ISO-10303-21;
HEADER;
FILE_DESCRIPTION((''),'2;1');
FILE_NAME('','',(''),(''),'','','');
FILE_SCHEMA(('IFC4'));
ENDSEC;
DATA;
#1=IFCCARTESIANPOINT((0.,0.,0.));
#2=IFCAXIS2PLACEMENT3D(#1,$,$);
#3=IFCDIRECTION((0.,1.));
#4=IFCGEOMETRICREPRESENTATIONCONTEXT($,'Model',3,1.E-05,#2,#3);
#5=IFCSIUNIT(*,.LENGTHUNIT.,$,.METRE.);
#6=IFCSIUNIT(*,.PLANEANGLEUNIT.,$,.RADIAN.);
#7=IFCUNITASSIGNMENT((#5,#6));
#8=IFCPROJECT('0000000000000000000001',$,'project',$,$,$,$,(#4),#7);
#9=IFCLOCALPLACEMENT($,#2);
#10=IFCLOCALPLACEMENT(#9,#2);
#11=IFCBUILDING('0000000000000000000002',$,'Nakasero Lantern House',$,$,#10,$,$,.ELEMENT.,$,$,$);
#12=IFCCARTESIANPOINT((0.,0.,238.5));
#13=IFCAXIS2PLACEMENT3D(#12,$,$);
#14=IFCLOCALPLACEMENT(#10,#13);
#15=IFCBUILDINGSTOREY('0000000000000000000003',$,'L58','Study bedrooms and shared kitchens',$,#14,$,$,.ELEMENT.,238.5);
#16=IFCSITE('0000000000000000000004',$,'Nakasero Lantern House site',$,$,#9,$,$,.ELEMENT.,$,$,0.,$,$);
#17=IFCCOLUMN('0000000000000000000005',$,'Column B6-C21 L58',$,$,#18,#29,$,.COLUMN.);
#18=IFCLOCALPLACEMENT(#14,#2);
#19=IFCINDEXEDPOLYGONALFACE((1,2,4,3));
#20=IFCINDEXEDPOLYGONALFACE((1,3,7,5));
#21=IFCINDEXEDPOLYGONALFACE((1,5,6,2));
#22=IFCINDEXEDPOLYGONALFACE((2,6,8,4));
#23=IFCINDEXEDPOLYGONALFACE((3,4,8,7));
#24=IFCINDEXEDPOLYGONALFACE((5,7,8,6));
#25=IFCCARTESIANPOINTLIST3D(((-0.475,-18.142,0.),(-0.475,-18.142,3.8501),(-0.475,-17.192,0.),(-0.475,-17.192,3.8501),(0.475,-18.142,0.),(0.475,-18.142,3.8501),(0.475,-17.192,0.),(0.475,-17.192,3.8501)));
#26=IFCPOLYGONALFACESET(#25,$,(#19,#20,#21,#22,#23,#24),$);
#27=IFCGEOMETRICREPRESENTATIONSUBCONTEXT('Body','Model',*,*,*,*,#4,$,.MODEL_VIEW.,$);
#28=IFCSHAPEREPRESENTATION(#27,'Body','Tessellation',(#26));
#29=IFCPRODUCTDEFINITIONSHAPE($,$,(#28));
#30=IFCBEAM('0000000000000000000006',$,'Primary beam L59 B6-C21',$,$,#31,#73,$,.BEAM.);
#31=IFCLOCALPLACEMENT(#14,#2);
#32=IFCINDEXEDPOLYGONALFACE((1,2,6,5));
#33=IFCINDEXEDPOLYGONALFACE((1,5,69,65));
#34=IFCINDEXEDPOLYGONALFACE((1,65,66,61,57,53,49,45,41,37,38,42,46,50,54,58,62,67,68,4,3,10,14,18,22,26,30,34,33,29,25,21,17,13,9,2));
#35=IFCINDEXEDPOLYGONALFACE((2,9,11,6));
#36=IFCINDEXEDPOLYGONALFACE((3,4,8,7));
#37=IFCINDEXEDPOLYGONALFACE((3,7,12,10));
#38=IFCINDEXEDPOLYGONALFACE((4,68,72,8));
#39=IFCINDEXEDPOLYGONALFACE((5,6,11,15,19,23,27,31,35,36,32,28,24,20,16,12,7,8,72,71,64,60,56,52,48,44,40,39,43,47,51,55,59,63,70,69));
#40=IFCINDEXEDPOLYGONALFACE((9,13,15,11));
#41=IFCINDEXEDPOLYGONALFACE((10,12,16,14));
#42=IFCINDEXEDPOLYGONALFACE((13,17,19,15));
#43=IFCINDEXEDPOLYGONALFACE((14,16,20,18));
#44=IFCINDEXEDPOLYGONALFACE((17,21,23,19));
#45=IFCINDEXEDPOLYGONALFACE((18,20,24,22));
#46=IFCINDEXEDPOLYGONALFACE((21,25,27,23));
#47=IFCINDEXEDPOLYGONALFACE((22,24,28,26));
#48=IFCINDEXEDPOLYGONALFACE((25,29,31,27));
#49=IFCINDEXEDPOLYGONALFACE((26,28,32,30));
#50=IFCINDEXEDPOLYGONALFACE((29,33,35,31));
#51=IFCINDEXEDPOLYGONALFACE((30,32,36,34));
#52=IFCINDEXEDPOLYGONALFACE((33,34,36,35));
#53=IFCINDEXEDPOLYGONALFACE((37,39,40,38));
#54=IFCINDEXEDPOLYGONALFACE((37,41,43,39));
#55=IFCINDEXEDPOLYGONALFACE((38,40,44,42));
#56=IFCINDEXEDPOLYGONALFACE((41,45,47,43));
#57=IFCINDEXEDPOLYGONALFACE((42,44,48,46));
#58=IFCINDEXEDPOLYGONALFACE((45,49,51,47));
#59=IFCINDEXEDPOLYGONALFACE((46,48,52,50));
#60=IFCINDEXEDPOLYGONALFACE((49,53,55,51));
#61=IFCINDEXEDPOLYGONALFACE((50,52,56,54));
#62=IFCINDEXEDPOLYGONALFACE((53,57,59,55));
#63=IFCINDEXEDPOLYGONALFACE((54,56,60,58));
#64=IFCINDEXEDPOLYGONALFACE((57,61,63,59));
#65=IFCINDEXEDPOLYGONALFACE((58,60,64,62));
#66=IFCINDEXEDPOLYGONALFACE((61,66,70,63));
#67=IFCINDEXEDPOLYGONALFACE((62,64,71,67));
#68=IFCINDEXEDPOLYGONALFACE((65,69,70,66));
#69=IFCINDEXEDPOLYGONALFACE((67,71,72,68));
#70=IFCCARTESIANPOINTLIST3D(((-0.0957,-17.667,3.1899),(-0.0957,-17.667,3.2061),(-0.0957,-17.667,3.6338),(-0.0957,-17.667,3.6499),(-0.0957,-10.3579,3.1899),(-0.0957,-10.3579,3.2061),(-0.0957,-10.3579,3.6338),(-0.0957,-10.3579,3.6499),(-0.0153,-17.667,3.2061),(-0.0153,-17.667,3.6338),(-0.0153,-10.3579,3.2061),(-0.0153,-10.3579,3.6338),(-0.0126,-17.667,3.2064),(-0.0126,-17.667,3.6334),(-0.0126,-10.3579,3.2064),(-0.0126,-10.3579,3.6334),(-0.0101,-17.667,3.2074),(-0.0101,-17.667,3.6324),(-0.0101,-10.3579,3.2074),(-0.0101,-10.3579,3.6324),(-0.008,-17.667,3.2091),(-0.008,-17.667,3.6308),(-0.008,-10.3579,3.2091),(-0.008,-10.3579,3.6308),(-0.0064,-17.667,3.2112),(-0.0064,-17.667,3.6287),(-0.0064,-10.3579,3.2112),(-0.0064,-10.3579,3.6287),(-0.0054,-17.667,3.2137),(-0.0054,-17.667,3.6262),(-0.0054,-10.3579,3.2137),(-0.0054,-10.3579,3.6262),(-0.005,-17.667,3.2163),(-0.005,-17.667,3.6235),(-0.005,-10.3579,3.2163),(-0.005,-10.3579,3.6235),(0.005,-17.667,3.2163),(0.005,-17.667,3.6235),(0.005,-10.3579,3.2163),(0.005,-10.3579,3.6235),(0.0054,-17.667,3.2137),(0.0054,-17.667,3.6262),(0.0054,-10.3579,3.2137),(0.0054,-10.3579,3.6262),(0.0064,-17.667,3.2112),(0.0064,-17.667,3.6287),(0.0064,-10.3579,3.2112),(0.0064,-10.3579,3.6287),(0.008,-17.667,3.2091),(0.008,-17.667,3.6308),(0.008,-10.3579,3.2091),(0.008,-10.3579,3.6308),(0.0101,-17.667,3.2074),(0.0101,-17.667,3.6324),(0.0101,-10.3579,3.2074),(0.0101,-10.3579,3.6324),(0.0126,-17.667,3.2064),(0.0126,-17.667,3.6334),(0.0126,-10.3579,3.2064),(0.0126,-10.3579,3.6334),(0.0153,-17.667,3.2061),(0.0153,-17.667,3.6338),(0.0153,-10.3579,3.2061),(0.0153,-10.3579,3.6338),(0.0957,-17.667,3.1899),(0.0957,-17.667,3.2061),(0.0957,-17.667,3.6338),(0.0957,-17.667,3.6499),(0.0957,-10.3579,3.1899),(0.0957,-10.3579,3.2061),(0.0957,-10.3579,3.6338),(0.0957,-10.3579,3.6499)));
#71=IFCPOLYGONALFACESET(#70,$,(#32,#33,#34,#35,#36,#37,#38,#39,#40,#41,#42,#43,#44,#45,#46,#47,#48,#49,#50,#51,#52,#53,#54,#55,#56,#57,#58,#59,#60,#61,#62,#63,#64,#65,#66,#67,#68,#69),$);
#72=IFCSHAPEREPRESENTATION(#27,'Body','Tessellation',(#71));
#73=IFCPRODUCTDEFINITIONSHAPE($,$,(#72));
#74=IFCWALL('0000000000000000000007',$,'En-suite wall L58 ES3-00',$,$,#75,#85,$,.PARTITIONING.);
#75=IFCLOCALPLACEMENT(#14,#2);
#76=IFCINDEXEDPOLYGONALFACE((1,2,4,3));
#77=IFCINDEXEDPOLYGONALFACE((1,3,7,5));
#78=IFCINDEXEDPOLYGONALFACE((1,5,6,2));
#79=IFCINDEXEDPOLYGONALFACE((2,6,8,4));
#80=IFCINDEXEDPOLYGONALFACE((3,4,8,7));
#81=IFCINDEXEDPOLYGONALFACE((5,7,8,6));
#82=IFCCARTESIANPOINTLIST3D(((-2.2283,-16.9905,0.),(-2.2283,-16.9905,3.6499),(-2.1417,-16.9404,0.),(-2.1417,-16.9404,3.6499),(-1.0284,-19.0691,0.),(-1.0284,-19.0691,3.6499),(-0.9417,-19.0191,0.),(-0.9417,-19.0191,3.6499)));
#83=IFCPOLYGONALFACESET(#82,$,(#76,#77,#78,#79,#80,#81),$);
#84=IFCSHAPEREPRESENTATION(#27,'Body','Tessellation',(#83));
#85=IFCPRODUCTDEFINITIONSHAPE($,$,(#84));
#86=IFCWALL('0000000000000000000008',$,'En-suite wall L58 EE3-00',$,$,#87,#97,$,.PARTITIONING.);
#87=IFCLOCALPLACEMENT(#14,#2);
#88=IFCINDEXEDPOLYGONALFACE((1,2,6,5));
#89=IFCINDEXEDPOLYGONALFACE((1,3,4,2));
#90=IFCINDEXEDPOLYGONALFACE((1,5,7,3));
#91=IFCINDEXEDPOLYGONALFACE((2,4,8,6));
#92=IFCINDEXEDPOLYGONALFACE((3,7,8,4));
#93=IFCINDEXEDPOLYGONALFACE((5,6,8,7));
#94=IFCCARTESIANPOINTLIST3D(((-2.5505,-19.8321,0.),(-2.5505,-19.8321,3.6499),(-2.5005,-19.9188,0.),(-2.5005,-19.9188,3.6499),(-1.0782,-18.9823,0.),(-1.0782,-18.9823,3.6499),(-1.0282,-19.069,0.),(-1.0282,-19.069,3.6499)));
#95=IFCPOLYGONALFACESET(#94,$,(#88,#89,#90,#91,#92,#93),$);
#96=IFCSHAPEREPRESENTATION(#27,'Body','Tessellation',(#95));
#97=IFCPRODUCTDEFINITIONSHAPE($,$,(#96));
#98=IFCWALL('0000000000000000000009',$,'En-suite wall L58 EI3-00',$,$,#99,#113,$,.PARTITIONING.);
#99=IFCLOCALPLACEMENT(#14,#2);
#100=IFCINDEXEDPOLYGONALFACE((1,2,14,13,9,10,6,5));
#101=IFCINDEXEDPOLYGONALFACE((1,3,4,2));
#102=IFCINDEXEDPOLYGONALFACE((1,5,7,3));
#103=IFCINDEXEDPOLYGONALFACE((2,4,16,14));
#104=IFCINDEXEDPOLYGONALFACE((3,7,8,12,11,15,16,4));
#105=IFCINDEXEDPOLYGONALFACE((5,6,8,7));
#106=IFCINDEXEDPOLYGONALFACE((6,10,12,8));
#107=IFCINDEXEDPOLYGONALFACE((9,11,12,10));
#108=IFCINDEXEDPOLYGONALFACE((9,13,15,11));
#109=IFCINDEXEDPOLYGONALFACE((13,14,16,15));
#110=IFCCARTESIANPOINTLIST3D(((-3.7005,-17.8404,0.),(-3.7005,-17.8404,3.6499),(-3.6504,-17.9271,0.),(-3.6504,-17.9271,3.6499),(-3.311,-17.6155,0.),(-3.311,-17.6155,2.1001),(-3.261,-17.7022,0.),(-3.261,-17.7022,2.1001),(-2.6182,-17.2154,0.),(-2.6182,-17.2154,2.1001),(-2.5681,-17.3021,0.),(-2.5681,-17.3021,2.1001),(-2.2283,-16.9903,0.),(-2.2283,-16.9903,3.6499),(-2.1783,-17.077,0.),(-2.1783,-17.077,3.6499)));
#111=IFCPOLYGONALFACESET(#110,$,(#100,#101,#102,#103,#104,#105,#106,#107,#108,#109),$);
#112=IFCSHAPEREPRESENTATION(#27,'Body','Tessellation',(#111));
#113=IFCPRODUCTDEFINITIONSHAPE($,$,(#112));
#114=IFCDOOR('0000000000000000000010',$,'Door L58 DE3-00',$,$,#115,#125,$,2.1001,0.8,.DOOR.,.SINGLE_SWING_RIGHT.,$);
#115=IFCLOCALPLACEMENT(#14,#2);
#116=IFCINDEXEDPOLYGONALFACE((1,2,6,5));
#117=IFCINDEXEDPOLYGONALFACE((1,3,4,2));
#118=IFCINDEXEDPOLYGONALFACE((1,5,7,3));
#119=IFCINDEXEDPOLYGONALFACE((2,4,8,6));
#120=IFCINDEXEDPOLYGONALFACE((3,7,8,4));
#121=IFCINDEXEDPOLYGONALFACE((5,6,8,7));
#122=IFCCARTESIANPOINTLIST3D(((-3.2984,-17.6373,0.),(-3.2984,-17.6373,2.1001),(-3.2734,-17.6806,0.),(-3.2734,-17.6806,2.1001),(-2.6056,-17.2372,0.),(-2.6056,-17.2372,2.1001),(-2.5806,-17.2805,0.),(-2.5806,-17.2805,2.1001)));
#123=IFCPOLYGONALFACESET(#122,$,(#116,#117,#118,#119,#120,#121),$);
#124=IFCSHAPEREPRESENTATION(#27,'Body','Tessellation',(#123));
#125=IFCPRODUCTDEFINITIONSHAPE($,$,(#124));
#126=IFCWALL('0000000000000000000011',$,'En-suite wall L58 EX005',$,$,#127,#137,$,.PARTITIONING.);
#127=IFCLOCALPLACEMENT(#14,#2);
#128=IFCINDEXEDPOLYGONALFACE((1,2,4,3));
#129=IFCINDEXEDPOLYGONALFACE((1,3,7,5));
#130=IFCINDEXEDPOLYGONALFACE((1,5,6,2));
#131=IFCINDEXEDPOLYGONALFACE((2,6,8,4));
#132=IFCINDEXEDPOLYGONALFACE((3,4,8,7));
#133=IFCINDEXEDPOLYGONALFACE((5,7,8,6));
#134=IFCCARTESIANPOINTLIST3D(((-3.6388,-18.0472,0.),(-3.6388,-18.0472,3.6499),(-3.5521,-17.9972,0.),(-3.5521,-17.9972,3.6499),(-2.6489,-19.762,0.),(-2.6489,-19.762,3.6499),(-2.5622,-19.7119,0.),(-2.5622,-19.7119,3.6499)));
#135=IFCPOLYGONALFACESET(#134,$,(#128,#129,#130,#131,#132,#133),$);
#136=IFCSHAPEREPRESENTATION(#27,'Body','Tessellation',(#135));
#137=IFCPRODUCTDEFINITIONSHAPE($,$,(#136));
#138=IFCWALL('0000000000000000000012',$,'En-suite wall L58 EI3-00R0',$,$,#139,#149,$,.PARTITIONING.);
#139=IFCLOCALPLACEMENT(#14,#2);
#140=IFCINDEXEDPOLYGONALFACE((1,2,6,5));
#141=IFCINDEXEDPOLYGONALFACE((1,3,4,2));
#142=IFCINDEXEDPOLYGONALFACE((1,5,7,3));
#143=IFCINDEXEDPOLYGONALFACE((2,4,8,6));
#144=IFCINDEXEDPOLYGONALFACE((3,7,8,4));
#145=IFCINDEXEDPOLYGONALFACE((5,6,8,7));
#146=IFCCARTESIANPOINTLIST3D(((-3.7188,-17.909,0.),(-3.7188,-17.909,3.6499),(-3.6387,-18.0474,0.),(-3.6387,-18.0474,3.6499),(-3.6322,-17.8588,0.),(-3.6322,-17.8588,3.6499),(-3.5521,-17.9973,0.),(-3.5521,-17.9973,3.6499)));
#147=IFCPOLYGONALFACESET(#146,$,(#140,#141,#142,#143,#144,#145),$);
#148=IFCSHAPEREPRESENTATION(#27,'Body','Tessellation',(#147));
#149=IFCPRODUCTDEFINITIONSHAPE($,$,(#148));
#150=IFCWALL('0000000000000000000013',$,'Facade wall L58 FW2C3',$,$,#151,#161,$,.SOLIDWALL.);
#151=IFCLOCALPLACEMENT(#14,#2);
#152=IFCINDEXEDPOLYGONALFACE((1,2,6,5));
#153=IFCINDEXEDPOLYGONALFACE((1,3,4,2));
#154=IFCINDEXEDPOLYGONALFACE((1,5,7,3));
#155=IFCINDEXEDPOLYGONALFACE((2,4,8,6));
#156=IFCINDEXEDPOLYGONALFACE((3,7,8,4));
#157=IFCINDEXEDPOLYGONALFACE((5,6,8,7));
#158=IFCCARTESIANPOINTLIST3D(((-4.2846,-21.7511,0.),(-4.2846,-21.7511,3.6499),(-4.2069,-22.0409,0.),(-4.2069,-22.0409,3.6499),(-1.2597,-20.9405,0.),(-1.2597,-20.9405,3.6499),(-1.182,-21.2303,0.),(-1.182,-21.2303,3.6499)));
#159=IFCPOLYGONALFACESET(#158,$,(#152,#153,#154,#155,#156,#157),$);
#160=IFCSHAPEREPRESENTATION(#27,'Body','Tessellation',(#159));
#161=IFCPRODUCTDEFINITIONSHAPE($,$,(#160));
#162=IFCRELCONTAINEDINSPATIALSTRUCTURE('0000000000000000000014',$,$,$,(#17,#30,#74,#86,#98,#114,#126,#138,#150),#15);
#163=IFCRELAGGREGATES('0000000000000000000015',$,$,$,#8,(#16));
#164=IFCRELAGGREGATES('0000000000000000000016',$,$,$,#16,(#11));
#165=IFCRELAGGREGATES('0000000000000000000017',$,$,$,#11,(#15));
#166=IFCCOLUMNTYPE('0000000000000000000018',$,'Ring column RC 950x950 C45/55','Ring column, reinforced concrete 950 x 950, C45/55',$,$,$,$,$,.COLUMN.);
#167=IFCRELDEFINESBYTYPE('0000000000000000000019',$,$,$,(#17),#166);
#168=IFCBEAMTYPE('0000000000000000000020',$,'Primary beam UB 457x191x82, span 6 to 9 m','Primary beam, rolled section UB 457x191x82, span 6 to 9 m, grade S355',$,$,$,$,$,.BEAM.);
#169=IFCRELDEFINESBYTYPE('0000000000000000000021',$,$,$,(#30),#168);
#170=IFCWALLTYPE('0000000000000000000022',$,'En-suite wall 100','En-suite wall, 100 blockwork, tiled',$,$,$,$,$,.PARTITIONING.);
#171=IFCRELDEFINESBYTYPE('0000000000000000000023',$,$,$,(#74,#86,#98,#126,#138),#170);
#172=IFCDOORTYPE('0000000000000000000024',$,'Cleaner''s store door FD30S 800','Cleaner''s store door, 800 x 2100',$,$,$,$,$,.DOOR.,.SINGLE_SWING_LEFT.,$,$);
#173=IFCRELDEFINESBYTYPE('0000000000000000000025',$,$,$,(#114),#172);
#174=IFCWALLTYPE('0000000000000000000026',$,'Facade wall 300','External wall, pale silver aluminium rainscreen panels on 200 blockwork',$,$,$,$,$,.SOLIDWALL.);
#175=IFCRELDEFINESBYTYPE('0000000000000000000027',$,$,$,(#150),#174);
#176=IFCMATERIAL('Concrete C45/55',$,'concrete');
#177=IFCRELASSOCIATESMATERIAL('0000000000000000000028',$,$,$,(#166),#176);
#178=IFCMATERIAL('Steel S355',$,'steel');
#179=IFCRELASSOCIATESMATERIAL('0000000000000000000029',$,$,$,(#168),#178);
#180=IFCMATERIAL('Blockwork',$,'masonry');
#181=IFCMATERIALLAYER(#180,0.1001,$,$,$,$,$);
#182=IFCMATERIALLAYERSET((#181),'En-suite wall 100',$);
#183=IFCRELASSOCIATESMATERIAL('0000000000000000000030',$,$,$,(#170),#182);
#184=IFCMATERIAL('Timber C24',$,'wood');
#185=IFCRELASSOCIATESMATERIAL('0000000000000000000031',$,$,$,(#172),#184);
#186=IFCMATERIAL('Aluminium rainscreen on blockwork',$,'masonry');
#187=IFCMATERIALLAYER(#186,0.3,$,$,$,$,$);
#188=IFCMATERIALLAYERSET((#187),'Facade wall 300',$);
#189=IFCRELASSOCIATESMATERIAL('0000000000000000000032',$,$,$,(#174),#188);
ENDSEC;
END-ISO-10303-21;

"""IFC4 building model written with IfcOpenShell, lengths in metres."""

from ifc_helpers import new_model, si_unit, direction, frame, frame_2d, origin, origin_2d, place, context, subcontext, project, spatial, rectangle, i_section, extrude, material, layer, layer_set, material_profile, profile_set, type_object, element, fill, save


model = new_model("IFC4")

# Units and contexts
model_context = context("Model", 3, precision=1e-05, world=origin(), true_north=direction((0.0, 1.0)))
body_context = subcontext(model_context, "Body", "Model", "MODEL_VIEW")
ifc_project = project(units=[si_unit("LENGTHUNIT", "METRE"), si_unit("PLANEANGLEUNIT", "RADIAN")], contexts=[model_context])

# Site, building, storey
site_placement = place(None, origin())
site = spatial("IfcSite", under=ifc_project, at=site_placement, Name="Nakasero Lantern House site", CompositionType="ELEMENT", RefElevation=0.0)
building_placement = place(site_placement, origin())
building = spatial("IfcBuilding", under=site, at=building_placement, Name="Nakasero Lantern House", CompositionType="ELEMENT")
storey_placement = place(building_placement, frame((0.0, 0.0, 238.5)))
storey = spatial("IfcBuildingStorey", under=building, at=storey_placement, Name="L58", Description="Study bedrooms and shared kitchens", CompositionType="ELEMENT", Elevation=238.5)

# Column
ifc_material_1 = material(Name="Concrete C45/55", Category="concrete")
ifc_material_profile_1 = material_profile(ifc_material_1, rectangle(XDim=0.95, YDim=0.95, at=origin_2d()), Name="RC 950x950")
ifc_profile_set_1 = profile_set([ifc_material_profile_1], Name="Concrete C45/55")
column_type = type_object("IfcColumnType", Name="Ring column RC 950x950 C45/55", Description="Ring column, reinforced concrete 950 x 950, C45/55", PredefinedType="COLUMN", material=ifc_profile_set_1)
column_placement = place(storey_placement, frame((0.0, -17.667, 0.0), z_axis=(0.0, 0.0, 1.0), x_axis=(1.0, 0.0, 0.0)))
element("IfcColumn", 1, at=column_placement, inside=storey, type_object=column_type, Name="Column B6-C21 L58", PredefinedType="COLUMN", context=body_context, shape_type="SweptSolid", body=[
    extrude(rectangle(XDim=0.95, YDim=0.95, at=origin_2d()), origin(), (0.0, 0.0, 1.0), 3.8501),
])

# Beam
ifc_material_2 = material(Name="Steel S355", Category="steel")
ifc_material_profile_2 = material_profile(ifc_material_2, i_section(OverallWidth=0.1914, OverallDepth=0.46, WebThickness=0.01, FlangeThickness=0.0161, FilletRadius=0.0103, at=origin_2d()), Name="UB 457x191x82")
ifc_profile_set_2 = profile_set([ifc_material_profile_2], Name="Steel S355")
beam_type = type_object("IfcBeamType", Name="Primary beam UB 457x191x82, span 6 to 9 m", Description="Primary beam, rolled section UB 457x191x82, span 6 to 9 m, grade S355", PredefinedType="BEAM", material=ifc_profile_set_2)
beam_placement = place(storey_placement, frame((0.0, -17.667, 3.4199), z_axis=(0.0, 1.0, 0.0), x_axis=(-1.0, 0.0, 0.0)))
element("IfcBeam", 2, at=beam_placement, inside=storey, type_object=beam_type, Name="Primary beam L59 B6-C21", PredefinedType="BEAM", context=body_context, shape_type="SweptSolid", body=[
    extrude(i_section(OverallWidth=0.1914, OverallDepth=0.46, WebThickness=0.01, FlangeThickness=0.0161, FilletRadius=0.0103, at=origin_2d()), origin(), (0.0, 0.0, 1.0), 7.3091),
])

# Walls
ifc_material_3 = material(Name="Blockwork", Category="masonry")
ifc_layer_1 = layer(ifc_material_3, 0.1001)
ifc_layer_set_1 = layer_set([ifc_layer_1], Name="En-suite wall 100")
wall_type_1 = type_object("IfcWallType", Name="En-suite wall 100", Description="En-suite wall, 100 blockwork, tiled", PredefinedType="PARTITIONING", material=ifc_layer_set_1)
wall_1_placement = place(storey_placement, frame((-2.1851, -16.9653, 0.0), z_axis=(0.0, 0.0, 1.0), x_axis=(0.499957, -0.86605, 0.0)))
element("IfcWall", 3, at=wall_1_placement, inside=storey, type_object=wall_type_1, Name="En-suite wall L58 ES3-00", PredefinedType="PARTITIONING", context=body_context, shape_type="SweptSolid", body=[
    extrude(rectangle(XDim=2.4001, YDim=0.1001, at=frame_2d((1.2002, 0.0))), origin(), (0.0, 0.0, 1.0), 3.6499),
])
wall_2_placement = place(storey_placement, frame((-2.5256, -19.8755, 0.0), z_axis=(0.0, 0.0, 1.0), x_axis=(0.866088, 0.499892, 0.0)))
element("IfcWall", 4, at=wall_2_placement, inside=storey, type_object=wall_type_1, Name="En-suite wall L58 EE3-00", PredefinedType="PARTITIONING", context=body_context, shape_type="SweptSolid", body=[
    extrude(rectangle(XDim=1.7, YDim=0.1001, at=frame_2d((0.8501, 0.0))), origin(), (0.0, 0.0, 1.0), 3.6499),
])

# Wall, opening, door
wall_3_placement = place(storey_placement, frame((-3.6755, -17.8838, 0.0), z_axis=(0.0, 0.0, 1.0), x_axis=(0.865989, 0.500062, 0.0)))
wall_3 = element("IfcWall", 5, at=wall_3_placement, inside=storey, type_object=wall_type_1, Name="En-suite wall L58 EI3-00", PredefinedType="PARTITIONING", context=body_context, shape_type="SweptSolid", body=[
    extrude(rectangle(XDim=1.7, YDim=0.1001, at=frame_2d((0.8501, 0.0))), origin(), (0.0, 0.0, 1.0), 3.6499),
])
opening_1_placement = place(wall_3_placement, frame((0.45, 0.0, 0.0)))
opening_1 = element("IfcOpeningElement", 6, at=opening_1_placement, cuts=wall_3, PredefinedType="OPENING", context=body_context, shape_type="SweptSolid", body=[
    extrude(rectangle(XDim=0.8, YDim=2.1001, at=frame_2d((0.3999, 1.05))), frame((0.0, 0.0701, 0.0), z_axis=(0.0, -1.0, 0.0), x_axis=(1.0, 0.0, 0.0)), (0.0, 0.0, 1.0), 0.1401),
])
ifc_material_4 = material(Name="Timber C24", Category="wood")
door_type_1 = type_object("IfcDoorType", Name="Cleaner's store door FD30S 800", Description="Cleaner's store door, 800 x 2100", OperationType="SINGLE_SWING_LEFT", PredefinedType="DOOR", material=ifc_material_4)
door_1_placement = place(opening_1_placement, origin())
door_1 = element("IfcDoor", 7, at=door_1_placement, inside=storey, type_object=door_type_1, Name="Door L58 DE3-00", OperationType="SINGLE_SWING_RIGHT", OverallHeight=2.1001, OverallWidth=0.8, PredefinedType="DOOR", context=body_context, shape_type="SweptSolid", body=[
    extrude(rectangle(XDim=0.8, YDim=2.1001, at=frame_2d((0.3999, 1.05))), frame((0.0, 0.0249, 0.0), z_axis=(0.0, -1.0, 0.0), x_axis=(1.0, 0.0, 0.0)), (0.0, 0.0, 1.0), 0.05),
])
fill(opening_1, door_1)

# Walls
wall_4_placement = place(storey_placement, frame((-3.5955, -18.0222, 0.0), z_axis=(0.0, 0.0, 1.0), x_axis=(0.499971, -0.866042, 0.0)))
element("IfcWall", 8, at=wall_4_placement, inside=storey, type_object=wall_type_1, Name="En-suite wall L58 EX005", PredefinedType="PARTITIONING", context=body_context, shape_type="SweptSolid", body=[
    extrude(rectangle(XDim=1.98, YDim=0.1001, at=frame_2d((0.99, 0.0))), origin(), (0.0, 0.0, 1.0), 3.6499),
])
wall_5_placement = place(storey_placement, frame((-3.6755, -17.8838, 0.0), z_axis=(0.0, 0.0, 1.0), x_axis=(0.500735, -0.8656, 0.0)))
element("IfcWall", 9, at=wall_5_placement, inside=storey, type_object=wall_type_1, Name="En-suite wall L58 EI3-00R0", PredefinedType="PARTITIONING", context=body_context, shape_type="SweptSolid", body=[
    extrude(rectangle(XDim=0.1599, YDim=0.1001, at=frame_2d((0.0801, 0.0))), origin(), (0.0, 0.0, 1.0), 3.6499),
])
ifc_material_5 = material(Name="Aluminium rainscreen on blockwork", Category="masonry")
ifc_layer_2 = layer(ifc_material_5, 0.3)
ifc_layer_set_2 = layer_set([ifc_layer_2], Name="Facade wall 300")
wall_type_2 = type_object("IfcWallType", Name="Facade wall 300", Description="External wall, pale silver aluminium rainscreen panels on 200 blockwork", PredefinedType="SOLIDWALL", material=ifc_layer_set_2)
wall_6_placement = place(storey_placement, frame((-4.2458, -21.896, 0.0), z_axis=(0.0, 0.0, 1.0), x_axis=(0.965924, 0.258827, 0.0)))
element("IfcWall", 10, at=wall_6_placement, inside=storey, type_object=wall_type_2, Name="Facade wall L58 FW2C3", PredefinedType="SOLIDWALL", context=body_context, shape_type="SweptSolid", body=[
    extrude(rectangle(XDim=3.1316, YDim=0.3, at=frame_2d((1.5659, 0.0))), origin(), (0.0, 0.0, 1.0), 3.6499),
])

save(model, "model.ifc")
